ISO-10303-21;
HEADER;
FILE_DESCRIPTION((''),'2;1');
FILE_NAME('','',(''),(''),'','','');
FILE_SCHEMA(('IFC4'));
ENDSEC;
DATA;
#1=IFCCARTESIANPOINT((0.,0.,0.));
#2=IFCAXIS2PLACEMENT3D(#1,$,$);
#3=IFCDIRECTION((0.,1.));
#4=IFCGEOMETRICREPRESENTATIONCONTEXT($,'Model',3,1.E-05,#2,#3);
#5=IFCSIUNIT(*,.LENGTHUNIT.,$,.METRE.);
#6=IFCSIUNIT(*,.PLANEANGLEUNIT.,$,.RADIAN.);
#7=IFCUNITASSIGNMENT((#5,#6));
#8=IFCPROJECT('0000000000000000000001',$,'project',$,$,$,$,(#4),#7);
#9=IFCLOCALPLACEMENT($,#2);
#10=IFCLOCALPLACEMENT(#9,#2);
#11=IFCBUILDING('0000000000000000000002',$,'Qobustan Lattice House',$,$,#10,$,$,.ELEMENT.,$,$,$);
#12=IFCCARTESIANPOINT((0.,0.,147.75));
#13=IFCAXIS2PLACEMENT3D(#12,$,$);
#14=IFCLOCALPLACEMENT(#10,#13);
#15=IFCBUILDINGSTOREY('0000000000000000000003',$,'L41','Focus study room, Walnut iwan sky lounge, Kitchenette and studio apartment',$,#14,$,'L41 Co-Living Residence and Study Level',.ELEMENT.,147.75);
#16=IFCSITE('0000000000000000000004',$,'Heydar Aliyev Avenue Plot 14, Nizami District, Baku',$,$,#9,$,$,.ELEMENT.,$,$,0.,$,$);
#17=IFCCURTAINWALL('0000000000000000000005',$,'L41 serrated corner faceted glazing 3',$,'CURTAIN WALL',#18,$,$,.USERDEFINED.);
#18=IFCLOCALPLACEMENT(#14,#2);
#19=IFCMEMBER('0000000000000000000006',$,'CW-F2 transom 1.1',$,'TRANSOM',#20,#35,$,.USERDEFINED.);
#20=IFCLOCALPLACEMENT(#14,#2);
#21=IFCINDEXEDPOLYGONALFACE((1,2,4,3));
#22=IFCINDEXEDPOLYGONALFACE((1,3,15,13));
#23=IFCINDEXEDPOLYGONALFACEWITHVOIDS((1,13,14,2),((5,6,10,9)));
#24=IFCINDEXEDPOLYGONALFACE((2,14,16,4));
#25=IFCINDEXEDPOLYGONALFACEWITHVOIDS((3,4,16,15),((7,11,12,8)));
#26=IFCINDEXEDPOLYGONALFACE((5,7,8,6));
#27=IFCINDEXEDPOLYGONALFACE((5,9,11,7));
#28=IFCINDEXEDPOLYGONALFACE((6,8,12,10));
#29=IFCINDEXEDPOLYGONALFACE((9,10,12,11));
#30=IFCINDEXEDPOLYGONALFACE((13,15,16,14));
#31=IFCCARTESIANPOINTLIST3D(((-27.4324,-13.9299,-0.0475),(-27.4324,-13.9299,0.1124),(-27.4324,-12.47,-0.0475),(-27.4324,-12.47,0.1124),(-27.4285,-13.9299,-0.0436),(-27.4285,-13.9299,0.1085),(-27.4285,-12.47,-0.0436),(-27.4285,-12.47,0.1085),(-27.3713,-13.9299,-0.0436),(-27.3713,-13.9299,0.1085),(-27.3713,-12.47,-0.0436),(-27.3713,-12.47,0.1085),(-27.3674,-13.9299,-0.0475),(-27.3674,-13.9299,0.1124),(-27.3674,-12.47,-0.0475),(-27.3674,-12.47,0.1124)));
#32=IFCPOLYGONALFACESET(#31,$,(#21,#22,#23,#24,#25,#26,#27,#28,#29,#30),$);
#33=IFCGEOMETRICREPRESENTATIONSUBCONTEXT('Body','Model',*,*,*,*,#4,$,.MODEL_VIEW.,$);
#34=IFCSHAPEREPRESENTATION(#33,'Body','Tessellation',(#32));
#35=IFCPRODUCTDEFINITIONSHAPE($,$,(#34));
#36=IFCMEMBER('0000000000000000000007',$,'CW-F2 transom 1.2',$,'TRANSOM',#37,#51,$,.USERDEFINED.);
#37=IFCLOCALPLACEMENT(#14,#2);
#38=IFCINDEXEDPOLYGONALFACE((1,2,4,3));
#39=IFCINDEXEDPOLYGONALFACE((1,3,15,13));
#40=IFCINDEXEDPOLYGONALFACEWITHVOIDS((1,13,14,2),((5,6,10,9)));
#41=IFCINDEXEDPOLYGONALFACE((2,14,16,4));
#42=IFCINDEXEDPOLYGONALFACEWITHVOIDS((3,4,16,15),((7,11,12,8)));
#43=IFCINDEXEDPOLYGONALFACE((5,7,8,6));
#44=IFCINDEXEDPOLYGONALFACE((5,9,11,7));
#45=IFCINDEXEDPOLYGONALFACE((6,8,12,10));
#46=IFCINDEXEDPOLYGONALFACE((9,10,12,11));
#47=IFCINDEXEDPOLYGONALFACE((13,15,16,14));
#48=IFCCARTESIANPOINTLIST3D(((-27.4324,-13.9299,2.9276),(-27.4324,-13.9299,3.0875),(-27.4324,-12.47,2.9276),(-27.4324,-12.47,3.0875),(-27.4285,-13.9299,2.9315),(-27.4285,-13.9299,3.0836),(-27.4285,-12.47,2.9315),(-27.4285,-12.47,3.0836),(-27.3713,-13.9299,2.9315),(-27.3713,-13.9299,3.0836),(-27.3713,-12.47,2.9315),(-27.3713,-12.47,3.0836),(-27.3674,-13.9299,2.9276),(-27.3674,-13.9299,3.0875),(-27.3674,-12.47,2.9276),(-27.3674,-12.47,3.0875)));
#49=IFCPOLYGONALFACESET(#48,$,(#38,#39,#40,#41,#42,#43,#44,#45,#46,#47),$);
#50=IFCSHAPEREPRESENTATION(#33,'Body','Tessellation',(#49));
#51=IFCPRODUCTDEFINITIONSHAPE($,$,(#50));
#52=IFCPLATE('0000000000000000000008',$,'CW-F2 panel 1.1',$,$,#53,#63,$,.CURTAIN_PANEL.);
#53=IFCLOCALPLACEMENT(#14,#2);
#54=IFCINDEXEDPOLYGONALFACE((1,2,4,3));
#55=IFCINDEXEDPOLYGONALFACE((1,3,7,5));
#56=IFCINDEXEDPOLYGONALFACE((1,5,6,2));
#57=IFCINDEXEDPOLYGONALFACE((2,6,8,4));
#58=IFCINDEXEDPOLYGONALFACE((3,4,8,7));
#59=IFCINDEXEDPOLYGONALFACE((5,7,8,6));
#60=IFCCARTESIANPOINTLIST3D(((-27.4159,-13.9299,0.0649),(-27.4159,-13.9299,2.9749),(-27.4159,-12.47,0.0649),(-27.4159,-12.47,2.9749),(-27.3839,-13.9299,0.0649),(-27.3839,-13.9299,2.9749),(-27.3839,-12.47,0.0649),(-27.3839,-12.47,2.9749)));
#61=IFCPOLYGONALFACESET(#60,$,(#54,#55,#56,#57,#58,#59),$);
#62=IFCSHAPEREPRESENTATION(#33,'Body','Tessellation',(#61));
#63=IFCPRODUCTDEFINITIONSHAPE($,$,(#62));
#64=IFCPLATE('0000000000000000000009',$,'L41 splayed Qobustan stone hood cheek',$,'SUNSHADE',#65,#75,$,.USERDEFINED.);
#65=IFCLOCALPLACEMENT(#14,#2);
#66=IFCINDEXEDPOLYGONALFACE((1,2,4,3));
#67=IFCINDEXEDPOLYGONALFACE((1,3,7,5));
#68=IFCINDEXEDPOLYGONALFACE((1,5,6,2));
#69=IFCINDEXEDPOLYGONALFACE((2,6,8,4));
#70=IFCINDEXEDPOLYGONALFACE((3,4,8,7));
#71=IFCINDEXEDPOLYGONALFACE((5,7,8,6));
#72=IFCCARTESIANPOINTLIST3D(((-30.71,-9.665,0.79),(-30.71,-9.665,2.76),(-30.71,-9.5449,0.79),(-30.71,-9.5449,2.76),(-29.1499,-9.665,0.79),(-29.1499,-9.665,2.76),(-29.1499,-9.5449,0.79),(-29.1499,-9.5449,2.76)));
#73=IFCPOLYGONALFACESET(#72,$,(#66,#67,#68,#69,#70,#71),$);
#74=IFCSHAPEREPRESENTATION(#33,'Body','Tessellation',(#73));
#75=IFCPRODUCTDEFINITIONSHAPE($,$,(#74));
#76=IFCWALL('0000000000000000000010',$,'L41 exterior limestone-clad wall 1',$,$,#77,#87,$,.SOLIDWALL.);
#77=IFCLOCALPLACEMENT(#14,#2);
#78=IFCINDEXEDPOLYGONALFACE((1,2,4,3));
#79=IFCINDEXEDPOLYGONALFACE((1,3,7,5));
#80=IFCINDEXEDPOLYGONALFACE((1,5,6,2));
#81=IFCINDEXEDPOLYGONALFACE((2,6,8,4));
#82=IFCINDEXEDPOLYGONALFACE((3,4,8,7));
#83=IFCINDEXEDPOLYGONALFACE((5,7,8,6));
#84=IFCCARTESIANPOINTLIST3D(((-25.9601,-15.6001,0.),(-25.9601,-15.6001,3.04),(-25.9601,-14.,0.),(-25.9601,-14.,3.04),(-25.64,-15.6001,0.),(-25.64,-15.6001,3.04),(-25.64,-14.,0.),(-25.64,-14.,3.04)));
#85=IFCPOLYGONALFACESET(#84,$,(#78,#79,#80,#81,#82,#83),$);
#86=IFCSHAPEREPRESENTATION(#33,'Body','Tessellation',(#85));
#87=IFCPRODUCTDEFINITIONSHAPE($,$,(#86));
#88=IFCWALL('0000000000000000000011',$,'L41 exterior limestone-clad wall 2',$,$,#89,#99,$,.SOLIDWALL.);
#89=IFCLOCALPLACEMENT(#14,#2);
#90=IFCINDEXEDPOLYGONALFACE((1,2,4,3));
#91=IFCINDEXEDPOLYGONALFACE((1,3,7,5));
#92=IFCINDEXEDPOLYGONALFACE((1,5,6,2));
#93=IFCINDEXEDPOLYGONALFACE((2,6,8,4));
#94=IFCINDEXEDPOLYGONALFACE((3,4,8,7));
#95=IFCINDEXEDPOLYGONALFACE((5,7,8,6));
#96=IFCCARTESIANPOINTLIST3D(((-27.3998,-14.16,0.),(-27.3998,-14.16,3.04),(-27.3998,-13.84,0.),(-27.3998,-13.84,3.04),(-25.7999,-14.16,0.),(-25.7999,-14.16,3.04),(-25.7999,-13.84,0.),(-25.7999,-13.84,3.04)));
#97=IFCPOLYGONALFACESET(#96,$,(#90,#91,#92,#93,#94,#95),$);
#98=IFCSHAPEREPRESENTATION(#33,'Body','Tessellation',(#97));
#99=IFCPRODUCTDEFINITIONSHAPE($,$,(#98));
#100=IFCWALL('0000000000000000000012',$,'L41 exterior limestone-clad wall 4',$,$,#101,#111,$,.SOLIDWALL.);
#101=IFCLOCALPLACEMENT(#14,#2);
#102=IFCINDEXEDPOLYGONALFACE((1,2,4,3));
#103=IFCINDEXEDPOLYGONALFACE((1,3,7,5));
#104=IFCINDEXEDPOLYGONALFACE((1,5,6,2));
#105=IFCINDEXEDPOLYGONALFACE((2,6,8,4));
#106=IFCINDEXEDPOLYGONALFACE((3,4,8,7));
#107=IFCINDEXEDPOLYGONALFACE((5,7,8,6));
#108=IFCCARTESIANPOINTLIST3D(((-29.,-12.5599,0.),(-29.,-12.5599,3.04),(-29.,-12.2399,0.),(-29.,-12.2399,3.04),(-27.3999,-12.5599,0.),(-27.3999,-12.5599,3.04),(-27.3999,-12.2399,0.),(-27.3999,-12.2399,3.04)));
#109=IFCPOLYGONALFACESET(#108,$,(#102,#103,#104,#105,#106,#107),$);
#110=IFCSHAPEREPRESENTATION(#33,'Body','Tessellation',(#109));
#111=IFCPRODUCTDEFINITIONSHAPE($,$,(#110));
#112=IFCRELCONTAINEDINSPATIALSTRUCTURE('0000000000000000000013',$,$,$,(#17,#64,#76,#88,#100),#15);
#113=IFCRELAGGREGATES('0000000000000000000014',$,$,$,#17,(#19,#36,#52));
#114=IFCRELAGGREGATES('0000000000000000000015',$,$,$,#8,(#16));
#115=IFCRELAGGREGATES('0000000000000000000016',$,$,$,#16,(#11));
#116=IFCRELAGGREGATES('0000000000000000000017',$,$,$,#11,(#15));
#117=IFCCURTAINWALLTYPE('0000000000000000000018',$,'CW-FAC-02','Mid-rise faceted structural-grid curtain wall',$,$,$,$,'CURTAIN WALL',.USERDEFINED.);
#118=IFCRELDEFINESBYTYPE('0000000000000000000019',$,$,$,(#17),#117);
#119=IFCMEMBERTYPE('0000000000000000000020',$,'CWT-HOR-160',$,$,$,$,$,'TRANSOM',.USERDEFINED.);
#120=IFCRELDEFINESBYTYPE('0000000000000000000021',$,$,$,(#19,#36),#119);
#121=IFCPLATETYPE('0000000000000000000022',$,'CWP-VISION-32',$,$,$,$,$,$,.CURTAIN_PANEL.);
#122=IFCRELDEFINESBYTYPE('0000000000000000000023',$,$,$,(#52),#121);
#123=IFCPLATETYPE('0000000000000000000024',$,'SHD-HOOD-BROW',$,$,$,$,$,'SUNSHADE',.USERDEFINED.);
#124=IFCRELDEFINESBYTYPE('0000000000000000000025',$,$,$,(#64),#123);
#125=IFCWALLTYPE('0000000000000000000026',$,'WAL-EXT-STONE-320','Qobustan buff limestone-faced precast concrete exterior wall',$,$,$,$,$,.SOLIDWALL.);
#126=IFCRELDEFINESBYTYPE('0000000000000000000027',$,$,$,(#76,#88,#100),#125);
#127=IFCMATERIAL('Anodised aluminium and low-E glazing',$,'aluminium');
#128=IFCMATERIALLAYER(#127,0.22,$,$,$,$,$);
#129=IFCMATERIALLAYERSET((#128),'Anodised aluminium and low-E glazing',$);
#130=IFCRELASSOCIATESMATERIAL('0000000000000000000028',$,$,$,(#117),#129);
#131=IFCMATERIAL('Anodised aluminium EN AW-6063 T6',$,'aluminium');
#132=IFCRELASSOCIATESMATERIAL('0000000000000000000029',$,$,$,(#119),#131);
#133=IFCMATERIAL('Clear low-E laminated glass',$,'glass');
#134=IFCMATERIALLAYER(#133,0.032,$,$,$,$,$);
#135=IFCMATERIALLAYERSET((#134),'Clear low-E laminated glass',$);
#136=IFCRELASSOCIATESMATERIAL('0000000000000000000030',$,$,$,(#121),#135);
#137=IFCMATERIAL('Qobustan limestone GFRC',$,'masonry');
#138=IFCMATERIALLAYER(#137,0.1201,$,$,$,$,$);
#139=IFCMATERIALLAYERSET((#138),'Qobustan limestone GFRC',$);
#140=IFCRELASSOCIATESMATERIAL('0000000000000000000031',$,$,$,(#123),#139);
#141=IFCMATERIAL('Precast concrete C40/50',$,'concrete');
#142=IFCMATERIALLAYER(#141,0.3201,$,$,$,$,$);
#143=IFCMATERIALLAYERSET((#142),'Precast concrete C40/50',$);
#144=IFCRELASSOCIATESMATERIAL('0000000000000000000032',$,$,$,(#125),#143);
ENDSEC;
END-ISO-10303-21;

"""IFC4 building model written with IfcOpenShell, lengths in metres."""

from ifc_helpers import new_model, si_unit, direction, frame, frame_2d, origin, origin_2d, place, context, subcontext, project, spatial, rectangle, hollow_rectangle, extrude, material, layer, layer_set, material_profile, profile_set, type_object, element, aggregate, save


model = new_model("IFC4")

# Units and contexts
model_context = context("Model", 3, precision=1e-05, world=origin(), true_north=direction((0.0, 1.0)))
body_context = subcontext(model_context, "Body", "Model", "MODEL_VIEW")
ifc_project = project(units=[si_unit("LENGTHUNIT", "METRE"), si_unit("PLANEANGLEUNIT", "RADIAN")], contexts=[model_context])

# Site, building, storey
site_placement = place(None, origin())
site = spatial("IfcSite", under=ifc_project, at=site_placement, Name="Heydar Aliyev Avenue Plot 14, Nizami District, Baku", CompositionType="ELEMENT", RefElevation=0.0)
building_placement = place(site_placement, origin())
building = spatial("IfcBuilding", under=site, at=building_placement, Name="Qobustan Lattice House", CompositionType="ELEMENT")
storey_placement = place(building_placement, frame((0.0, 0.0, 147.75)))
storey = spatial("IfcBuildingStorey", under=building, at=storey_placement, Name="L41", Description="Focus study room, Walnut iwan sky lounge, Kitchenette and studio apartment", LongName="L41 Co-Living Residence and Study Level", CompositionType="ELEMENT", Elevation=147.75)

# Curtain wall, members, plate
ifc_material_1 = material(Name="Anodised aluminium and low-E glazing", Category="aluminium")
ifc_layer_1 = layer(ifc_material_1, 0.22)
ifc_layer_set_1 = layer_set([ifc_layer_1], Name="Anodised aluminium and low-E glazing")
curtain_wall_type = type_object("IfcCurtainWallType", Name="CW-FAC-02", Description="Mid-rise faceted structural-grid curtain wall", ElementType="CURTAIN WALL", PredefinedType="USERDEFINED", material=ifc_layer_set_1)
curtain_wall_placement = place(storey_placement, origin())
curtain_wall = element("IfcCurtainWall", 1, at=curtain_wall_placement, inside=storey, type_object=curtain_wall_type, Name="L41 serrated corner faceted glazing 3", ObjectType="CURTAIN WALL", PredefinedType="USERDEFINED")
ifc_material_2 = material(Name="Anodised aluminium EN AW-6063 T6", Category="aluminium")
ifc_material_profile_1 = material_profile(ifc_material_2, hollow_rectangle(XDim=0.0649, YDim=0.1599, WallThickness=0.0039, at=origin_2d()), Name="CWT-160x65")
ifc_profile_set_1 = profile_set([ifc_material_profile_1], Name="Anodised aluminium EN AW-6063 T6")
member_type_1 = type_object("IfcMemberType", Name="CWT-HOR-160", ElementType="TRANSOM", PredefinedType="USERDEFINED", material=ifc_profile_set_1)
member_1_placement = place(storey_placement, frame((-27.3999, -13.9299, 0.0325), z_axis=(0.0, 1.0, 0.0), x_axis=(-1.0, 0.0, 0.0)))
member_1 = element("IfcMember", 2, at=member_1_placement, type_object=member_type_1, Name="CW-F2 transom 1.1", ObjectType="TRANSOM", PredefinedType="USERDEFINED", context=body_context, shape_type="SweptSolid", body=[
    extrude(hollow_rectangle(XDim=0.0649, YDim=0.1599, WallThickness=0.0039, at=origin_2d()), origin(), (0.0, 0.0, 1.0), 1.46),
])
member_2_placement = place(storey_placement, frame((-27.3999, -13.9299, 3.0076), z_axis=(0.0, 1.0, 0.0), x_axis=(-1.0, 0.0, 0.0)))
member_2 = element("IfcMember", 3, at=member_2_placement, type_object=member_type_1, Name="CW-F2 transom 1.2", ObjectType="TRANSOM", PredefinedType="USERDEFINED", context=body_context, shape_type="SweptSolid", body=[
    extrude(hollow_rectangle(XDim=0.0649, YDim=0.1599, WallThickness=0.0039, at=origin_2d()), origin(), (0.0, 0.0, 1.0), 1.46),
])
ifc_material_3 = material(Name="Clear low-E laminated glass", Category="glass")
ifc_layer_2 = layer(ifc_material_3, 0.032)
ifc_layer_set_2 = layer_set([ifc_layer_2], Name="Clear low-E laminated glass")
plate_type_1 = type_object("IfcPlateType", Name="CWP-VISION-32", PredefinedType="CURTAIN_PANEL", material=ifc_layer_set_2)
plate_1_placement = place(storey_placement, frame((-27.3999, -13.2, 0.0649), z_axis=(0.0, 0.0, 1.0), x_axis=(0.0, 1.0, 0.0)))
plate_1 = element("IfcPlate", 4, at=plate_1_placement, type_object=plate_type_1, Name="CW-F2 panel 1.1", PredefinedType="CURTAIN_PANEL", context=body_context, shape_type="SweptSolid", body=[
    extrude(rectangle(XDim=1.46, YDim=0.032, at=origin_2d()), origin(), (0.0, 0.0, 1.0), 2.9099),
])
aggregate(curtain_wall, [member_1, member_2, plate_1])

# Plate
ifc_material_4 = material(Name="Qobustan limestone GFRC", Category="masonry")
ifc_layer_3 = layer(ifc_material_4, 0.1201)
ifc_layer_set_3 = layer_set([ifc_layer_3], Name="Qobustan limestone GFRC")
plate_type_2 = type_object("IfcPlateType", Name="SHD-HOOD-BROW", ElementType="SUNSHADE", PredefinedType="USERDEFINED", material=ifc_layer_set_3)
plate_2_placement = place(storey_placement, frame((-29.9299, -9.605, 0.79), z_axis=(0.0, 0.0, 1.0), x_axis=(0.0, 1.0, 0.0)))
element("IfcPlate", 5, at=plate_2_placement, inside=storey, type_object=plate_type_2, Name="L41 splayed Qobustan stone hood cheek", ObjectType="SUNSHADE", PredefinedType="USERDEFINED", context=body_context, shape_type="SweptSolid", body=[
    extrude(rectangle(XDim=0.1201, YDim=1.5601, at=origin_2d()), origin(), (0.0, 0.0, 1.0), 1.97),
])

# Walls
ifc_material_5 = material(Name="Precast concrete C40/50", Category="concrete")
ifc_layer_4 = layer(ifc_material_5, 0.3201)
ifc_layer_set_4 = layer_set([ifc_layer_4], Name="Precast concrete C40/50")
wall_type = type_object("IfcWallType", Name="WAL-EXT-STONE-320", Description="Qobustan buff limestone-faced precast concrete exterior wall", PredefinedType="SOLIDWALL", material=ifc_layer_set_4)
wall_1_placement = place(storey_placement, frame((-25.8, -15.6001, 0.0), z_axis=(0.0, 0.0, 1.0), x_axis=(0.0, 1.0, 0.0)))
element("IfcWall", 6, at=wall_1_placement, inside=storey, type_object=wall_type, Name="L41 exterior limestone-clad wall 1", PredefinedType="SOLIDWALL", context=body_context, shape_type="SweptSolid", body=[
    extrude(rectangle(XDim=1.6001, YDim=0.3201, at=frame_2d((0.8, 0.0))), origin(), (0.0, 0.0, 1.0), 3.04),
])
wall_2_placement = place(storey_placement, frame((-25.8, -14.0, 0.0), z_axis=(0.0, 0.0, 1.0), x_axis=(-1.0, 0.0, 0.0)))
element("IfcWall", 7, at=wall_2_placement, inside=storey, type_object=wall_type, Name="L41 exterior limestone-clad wall 2", PredefinedType="SOLIDWALL", context=body_context, shape_type="SweptSolid", body=[
    extrude(rectangle(XDim=1.5999, YDim=0.3201, at=frame_2d((0.7998, 0.0))), origin(), (0.0, 0.0, 1.0), 3.04),
])
wall_3_placement = place(storey_placement, frame((-27.3999, -12.3999, 0.0), z_axis=(0.0, 0.0, 1.0), x_axis=(-1.0, 0.0, 0.0)))
element("IfcWall", 8, at=wall_3_placement, inside=storey, type_object=wall_type, Name="L41 exterior limestone-clad wall 4", PredefinedType="SOLIDWALL", context=body_context, shape_type="SweptSolid", body=[
    extrude(rectangle(XDim=1.6001, YDim=0.3201, at=frame_2d((0.8, 0.0))), origin(), (0.0, 0.0, 1.0), 3.04),
])

save(model, "model.ifc")
